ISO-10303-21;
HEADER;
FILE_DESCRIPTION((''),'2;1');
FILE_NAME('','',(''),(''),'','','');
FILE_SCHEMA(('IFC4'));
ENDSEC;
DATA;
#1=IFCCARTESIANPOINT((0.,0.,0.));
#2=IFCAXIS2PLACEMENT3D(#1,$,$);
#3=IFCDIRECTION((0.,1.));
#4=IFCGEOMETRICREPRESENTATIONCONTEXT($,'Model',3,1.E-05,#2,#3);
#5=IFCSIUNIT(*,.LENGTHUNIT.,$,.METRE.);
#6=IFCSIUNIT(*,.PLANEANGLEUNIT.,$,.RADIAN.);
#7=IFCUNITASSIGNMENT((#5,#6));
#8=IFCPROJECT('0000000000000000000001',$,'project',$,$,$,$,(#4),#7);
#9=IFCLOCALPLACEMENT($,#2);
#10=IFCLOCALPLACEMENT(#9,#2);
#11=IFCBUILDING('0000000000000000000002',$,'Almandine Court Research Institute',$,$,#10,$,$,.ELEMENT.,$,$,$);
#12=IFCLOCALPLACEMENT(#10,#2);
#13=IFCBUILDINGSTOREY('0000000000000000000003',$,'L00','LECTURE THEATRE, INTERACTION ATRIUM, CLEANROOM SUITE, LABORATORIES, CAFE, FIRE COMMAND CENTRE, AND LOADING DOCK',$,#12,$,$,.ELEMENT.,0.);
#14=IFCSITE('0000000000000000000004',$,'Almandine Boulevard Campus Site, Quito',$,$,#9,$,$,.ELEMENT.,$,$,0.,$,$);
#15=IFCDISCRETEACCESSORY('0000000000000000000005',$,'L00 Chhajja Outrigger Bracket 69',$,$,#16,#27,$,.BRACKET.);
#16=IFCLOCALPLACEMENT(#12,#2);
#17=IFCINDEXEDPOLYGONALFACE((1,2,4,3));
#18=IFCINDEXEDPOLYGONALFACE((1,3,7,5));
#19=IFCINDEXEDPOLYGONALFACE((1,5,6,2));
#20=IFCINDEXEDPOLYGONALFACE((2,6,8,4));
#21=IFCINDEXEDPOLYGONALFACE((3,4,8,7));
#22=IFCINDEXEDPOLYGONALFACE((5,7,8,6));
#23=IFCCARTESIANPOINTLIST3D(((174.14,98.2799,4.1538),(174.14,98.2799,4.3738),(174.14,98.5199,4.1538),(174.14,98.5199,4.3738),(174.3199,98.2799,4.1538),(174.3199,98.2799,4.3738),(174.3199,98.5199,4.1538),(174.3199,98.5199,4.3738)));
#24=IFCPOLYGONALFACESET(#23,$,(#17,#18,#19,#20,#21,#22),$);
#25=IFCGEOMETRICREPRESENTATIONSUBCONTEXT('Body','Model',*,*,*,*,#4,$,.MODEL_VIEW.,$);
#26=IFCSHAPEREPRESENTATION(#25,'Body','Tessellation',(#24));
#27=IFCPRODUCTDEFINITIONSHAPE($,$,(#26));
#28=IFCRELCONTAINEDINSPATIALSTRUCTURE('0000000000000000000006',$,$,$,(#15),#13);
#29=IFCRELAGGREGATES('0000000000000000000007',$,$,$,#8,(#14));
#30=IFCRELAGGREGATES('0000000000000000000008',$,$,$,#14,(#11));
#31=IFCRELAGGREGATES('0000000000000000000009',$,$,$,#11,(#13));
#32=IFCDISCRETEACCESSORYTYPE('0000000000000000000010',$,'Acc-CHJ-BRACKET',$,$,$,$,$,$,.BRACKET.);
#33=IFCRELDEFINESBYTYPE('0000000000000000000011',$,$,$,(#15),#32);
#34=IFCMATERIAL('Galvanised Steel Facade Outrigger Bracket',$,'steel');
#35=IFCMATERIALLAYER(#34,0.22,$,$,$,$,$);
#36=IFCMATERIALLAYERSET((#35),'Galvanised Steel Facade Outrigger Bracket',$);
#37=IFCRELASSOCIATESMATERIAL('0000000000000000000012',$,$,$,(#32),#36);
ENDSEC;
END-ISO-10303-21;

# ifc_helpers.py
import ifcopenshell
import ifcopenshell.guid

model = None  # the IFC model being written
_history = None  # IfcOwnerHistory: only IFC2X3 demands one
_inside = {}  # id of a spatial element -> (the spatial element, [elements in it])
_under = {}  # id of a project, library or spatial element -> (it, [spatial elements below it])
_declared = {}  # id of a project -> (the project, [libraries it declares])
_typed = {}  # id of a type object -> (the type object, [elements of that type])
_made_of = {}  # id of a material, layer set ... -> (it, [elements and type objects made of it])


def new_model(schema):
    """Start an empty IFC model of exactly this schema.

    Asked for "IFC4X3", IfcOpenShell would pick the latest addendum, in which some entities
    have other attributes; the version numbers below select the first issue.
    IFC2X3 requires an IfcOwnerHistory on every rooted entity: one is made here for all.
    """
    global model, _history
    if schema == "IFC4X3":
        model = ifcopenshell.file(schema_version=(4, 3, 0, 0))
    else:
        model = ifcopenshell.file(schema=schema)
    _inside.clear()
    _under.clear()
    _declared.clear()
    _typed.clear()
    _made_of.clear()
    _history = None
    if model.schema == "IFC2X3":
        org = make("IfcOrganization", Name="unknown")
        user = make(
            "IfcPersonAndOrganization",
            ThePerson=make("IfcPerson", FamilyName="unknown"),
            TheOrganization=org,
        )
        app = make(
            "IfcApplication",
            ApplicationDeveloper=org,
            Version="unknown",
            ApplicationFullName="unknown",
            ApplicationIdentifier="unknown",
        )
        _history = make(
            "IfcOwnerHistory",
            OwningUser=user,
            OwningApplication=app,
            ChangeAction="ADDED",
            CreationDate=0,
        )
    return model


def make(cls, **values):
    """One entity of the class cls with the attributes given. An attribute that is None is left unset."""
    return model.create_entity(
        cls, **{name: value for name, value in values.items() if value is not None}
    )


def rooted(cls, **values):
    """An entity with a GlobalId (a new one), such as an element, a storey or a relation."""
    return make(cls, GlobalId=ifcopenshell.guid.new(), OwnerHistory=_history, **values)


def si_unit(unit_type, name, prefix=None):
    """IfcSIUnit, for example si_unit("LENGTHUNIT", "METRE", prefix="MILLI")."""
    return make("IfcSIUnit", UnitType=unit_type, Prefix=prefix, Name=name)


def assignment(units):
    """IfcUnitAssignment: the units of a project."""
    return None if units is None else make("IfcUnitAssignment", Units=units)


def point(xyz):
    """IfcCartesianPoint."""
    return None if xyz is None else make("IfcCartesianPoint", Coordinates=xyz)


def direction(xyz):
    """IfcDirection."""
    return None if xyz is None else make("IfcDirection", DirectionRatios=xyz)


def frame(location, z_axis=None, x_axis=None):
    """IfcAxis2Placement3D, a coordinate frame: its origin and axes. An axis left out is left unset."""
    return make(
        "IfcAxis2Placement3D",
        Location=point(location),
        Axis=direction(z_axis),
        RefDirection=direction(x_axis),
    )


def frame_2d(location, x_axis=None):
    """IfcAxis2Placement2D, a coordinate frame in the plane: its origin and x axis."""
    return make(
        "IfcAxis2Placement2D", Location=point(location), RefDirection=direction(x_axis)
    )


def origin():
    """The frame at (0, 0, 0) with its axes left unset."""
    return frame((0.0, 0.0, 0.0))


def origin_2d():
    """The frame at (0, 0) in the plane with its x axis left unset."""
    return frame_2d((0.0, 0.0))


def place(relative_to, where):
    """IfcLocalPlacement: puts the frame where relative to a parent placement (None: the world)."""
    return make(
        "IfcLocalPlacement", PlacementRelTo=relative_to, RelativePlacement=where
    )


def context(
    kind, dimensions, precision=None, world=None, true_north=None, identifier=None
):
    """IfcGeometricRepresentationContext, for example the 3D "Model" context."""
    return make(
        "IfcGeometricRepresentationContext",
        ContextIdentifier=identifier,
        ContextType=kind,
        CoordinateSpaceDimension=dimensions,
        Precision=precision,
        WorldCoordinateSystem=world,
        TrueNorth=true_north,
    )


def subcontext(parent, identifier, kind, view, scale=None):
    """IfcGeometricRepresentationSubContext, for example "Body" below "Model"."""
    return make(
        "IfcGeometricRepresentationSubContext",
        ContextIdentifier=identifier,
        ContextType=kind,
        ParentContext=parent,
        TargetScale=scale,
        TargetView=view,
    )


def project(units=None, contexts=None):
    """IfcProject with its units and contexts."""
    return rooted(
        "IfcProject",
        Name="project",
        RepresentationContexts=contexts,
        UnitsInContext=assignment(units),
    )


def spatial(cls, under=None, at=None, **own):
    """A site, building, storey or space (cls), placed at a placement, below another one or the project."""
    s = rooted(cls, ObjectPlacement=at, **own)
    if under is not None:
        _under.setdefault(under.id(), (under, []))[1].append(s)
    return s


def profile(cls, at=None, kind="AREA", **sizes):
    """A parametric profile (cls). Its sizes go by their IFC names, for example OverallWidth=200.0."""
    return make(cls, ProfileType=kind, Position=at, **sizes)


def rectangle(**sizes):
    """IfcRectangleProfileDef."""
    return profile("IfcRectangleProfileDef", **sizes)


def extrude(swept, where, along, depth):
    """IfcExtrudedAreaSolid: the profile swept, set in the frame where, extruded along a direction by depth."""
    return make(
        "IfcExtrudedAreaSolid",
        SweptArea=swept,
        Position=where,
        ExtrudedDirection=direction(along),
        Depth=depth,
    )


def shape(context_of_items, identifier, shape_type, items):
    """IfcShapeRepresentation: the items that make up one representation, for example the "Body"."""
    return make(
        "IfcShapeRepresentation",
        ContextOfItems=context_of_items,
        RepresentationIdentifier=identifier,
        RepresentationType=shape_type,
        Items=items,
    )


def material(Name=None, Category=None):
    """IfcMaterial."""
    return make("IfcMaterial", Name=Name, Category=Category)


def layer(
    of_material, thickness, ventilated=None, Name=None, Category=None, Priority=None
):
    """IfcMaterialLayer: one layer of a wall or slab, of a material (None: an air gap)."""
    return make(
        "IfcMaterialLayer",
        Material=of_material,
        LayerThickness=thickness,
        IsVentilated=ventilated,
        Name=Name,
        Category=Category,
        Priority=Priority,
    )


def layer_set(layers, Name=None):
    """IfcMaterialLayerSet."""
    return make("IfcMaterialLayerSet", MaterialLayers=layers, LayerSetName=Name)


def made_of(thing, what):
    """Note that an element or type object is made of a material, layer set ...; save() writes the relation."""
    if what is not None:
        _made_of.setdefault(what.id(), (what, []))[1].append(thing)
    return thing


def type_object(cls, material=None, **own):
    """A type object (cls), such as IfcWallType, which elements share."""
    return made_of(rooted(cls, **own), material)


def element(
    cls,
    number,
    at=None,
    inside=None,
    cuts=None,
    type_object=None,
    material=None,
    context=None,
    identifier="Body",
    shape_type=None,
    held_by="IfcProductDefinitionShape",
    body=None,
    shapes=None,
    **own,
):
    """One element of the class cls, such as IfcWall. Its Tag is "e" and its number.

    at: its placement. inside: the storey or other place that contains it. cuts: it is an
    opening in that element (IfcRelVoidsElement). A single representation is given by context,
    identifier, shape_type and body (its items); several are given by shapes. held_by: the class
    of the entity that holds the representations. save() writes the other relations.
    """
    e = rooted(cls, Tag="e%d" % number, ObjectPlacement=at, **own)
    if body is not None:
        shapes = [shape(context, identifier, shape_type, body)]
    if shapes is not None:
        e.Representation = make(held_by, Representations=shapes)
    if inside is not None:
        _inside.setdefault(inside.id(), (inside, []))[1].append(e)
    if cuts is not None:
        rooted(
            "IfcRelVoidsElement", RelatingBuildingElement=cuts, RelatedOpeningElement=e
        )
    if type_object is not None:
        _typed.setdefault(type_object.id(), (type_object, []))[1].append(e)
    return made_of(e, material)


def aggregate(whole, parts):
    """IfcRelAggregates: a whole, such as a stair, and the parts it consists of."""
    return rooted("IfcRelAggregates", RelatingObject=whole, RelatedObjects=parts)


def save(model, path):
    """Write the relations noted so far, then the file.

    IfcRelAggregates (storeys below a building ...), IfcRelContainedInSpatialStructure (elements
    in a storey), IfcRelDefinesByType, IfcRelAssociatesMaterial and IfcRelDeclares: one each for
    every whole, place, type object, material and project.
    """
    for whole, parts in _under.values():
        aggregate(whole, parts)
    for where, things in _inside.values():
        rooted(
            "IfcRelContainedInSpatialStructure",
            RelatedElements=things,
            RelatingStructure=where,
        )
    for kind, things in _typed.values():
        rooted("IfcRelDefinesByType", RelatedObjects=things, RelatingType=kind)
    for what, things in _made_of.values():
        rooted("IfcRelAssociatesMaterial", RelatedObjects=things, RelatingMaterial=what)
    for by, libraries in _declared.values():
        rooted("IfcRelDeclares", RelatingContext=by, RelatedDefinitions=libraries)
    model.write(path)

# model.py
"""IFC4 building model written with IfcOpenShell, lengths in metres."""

from ifc_helpers import new_model, si_unit, direction, frame, origin, origin_2d, place, context, subcontext, project, spatial, rectangle, extrude, material, layer, layer_set, type_object, element, save


model = new_model("IFC4")

# Units and contexts
model_context = context("Model", 3, precision=1e-05, world=origin(), true_north=direction((0.0, 1.0)))
body_context = subcontext(model_context, "Body", "Model", "MODEL_VIEW")
ifc_project = project(units=[si_unit("LENGTHUNIT", "METRE"), si_unit("PLANEANGLEUNIT", "RADIAN")], contexts=[model_context])

# Site, building, storey
site_placement = place(None, origin())
site = spatial("IfcSite", under=ifc_project, at=site_placement, Name="Almandine Boulevard Campus Site, Quito", CompositionType="ELEMENT", RefElevation=0.0)
building_placement = place(site_placement, origin())
building = spatial("IfcBuilding", under=site, at=building_placement, Name="Almandine Court Research Institute", CompositionType="ELEMENT")
storey_placement = place(building_placement, origin())
storey = spatial("IfcBuildingStorey", under=building, at=storey_placement, Name="L00", Description="LECTURE THEATRE, INTERACTION ATRIUM, CLEANROOM SUITE, LABORATORIES, CAFE, FIRE COMMAND CENTRE, AND LOADING DOCK", CompositionType="ELEMENT", Elevation=0.0)

# Discrete accessory
ifc_material_1 = material(Name="Galvanised Steel Facade Outrigger Bracket", Category="steel")
ifc_layer_1 = layer(ifc_material_1, 0.22)
ifc_layer_set_1 = layer_set([ifc_layer_1], Name="Galvanised Steel Facade Outrigger Bracket")
discrete_accessory_type = type_object("IfcDiscreteAccessoryType", Name="Acc-CHJ-BRACKET", PredefinedType="BRACKET", material=ifc_layer_set_1)
discrete_accessory_placement = place(storey_placement, frame((174.23, 98.3999, 4.1538), z_axis=(0.0, 0.0, 1.0), x_axis=(0.0, -1.0, 0.0)))
element("IfcDiscreteAccessory", 1, at=discrete_accessory_placement, inside=storey, type_object=discrete_accessory_type, Name="L00 Chhajja Outrigger Bracket 69", PredefinedType="BRACKET", context=body_context, shape_type="SweptSolid", body=[
    extrude(rectangle(XDim=0.24, YDim=0.1799, at=origin_2d()), origin(), (0.0, 0.0, 1.0), 0.22),
])

save(model, "model.ifc")
